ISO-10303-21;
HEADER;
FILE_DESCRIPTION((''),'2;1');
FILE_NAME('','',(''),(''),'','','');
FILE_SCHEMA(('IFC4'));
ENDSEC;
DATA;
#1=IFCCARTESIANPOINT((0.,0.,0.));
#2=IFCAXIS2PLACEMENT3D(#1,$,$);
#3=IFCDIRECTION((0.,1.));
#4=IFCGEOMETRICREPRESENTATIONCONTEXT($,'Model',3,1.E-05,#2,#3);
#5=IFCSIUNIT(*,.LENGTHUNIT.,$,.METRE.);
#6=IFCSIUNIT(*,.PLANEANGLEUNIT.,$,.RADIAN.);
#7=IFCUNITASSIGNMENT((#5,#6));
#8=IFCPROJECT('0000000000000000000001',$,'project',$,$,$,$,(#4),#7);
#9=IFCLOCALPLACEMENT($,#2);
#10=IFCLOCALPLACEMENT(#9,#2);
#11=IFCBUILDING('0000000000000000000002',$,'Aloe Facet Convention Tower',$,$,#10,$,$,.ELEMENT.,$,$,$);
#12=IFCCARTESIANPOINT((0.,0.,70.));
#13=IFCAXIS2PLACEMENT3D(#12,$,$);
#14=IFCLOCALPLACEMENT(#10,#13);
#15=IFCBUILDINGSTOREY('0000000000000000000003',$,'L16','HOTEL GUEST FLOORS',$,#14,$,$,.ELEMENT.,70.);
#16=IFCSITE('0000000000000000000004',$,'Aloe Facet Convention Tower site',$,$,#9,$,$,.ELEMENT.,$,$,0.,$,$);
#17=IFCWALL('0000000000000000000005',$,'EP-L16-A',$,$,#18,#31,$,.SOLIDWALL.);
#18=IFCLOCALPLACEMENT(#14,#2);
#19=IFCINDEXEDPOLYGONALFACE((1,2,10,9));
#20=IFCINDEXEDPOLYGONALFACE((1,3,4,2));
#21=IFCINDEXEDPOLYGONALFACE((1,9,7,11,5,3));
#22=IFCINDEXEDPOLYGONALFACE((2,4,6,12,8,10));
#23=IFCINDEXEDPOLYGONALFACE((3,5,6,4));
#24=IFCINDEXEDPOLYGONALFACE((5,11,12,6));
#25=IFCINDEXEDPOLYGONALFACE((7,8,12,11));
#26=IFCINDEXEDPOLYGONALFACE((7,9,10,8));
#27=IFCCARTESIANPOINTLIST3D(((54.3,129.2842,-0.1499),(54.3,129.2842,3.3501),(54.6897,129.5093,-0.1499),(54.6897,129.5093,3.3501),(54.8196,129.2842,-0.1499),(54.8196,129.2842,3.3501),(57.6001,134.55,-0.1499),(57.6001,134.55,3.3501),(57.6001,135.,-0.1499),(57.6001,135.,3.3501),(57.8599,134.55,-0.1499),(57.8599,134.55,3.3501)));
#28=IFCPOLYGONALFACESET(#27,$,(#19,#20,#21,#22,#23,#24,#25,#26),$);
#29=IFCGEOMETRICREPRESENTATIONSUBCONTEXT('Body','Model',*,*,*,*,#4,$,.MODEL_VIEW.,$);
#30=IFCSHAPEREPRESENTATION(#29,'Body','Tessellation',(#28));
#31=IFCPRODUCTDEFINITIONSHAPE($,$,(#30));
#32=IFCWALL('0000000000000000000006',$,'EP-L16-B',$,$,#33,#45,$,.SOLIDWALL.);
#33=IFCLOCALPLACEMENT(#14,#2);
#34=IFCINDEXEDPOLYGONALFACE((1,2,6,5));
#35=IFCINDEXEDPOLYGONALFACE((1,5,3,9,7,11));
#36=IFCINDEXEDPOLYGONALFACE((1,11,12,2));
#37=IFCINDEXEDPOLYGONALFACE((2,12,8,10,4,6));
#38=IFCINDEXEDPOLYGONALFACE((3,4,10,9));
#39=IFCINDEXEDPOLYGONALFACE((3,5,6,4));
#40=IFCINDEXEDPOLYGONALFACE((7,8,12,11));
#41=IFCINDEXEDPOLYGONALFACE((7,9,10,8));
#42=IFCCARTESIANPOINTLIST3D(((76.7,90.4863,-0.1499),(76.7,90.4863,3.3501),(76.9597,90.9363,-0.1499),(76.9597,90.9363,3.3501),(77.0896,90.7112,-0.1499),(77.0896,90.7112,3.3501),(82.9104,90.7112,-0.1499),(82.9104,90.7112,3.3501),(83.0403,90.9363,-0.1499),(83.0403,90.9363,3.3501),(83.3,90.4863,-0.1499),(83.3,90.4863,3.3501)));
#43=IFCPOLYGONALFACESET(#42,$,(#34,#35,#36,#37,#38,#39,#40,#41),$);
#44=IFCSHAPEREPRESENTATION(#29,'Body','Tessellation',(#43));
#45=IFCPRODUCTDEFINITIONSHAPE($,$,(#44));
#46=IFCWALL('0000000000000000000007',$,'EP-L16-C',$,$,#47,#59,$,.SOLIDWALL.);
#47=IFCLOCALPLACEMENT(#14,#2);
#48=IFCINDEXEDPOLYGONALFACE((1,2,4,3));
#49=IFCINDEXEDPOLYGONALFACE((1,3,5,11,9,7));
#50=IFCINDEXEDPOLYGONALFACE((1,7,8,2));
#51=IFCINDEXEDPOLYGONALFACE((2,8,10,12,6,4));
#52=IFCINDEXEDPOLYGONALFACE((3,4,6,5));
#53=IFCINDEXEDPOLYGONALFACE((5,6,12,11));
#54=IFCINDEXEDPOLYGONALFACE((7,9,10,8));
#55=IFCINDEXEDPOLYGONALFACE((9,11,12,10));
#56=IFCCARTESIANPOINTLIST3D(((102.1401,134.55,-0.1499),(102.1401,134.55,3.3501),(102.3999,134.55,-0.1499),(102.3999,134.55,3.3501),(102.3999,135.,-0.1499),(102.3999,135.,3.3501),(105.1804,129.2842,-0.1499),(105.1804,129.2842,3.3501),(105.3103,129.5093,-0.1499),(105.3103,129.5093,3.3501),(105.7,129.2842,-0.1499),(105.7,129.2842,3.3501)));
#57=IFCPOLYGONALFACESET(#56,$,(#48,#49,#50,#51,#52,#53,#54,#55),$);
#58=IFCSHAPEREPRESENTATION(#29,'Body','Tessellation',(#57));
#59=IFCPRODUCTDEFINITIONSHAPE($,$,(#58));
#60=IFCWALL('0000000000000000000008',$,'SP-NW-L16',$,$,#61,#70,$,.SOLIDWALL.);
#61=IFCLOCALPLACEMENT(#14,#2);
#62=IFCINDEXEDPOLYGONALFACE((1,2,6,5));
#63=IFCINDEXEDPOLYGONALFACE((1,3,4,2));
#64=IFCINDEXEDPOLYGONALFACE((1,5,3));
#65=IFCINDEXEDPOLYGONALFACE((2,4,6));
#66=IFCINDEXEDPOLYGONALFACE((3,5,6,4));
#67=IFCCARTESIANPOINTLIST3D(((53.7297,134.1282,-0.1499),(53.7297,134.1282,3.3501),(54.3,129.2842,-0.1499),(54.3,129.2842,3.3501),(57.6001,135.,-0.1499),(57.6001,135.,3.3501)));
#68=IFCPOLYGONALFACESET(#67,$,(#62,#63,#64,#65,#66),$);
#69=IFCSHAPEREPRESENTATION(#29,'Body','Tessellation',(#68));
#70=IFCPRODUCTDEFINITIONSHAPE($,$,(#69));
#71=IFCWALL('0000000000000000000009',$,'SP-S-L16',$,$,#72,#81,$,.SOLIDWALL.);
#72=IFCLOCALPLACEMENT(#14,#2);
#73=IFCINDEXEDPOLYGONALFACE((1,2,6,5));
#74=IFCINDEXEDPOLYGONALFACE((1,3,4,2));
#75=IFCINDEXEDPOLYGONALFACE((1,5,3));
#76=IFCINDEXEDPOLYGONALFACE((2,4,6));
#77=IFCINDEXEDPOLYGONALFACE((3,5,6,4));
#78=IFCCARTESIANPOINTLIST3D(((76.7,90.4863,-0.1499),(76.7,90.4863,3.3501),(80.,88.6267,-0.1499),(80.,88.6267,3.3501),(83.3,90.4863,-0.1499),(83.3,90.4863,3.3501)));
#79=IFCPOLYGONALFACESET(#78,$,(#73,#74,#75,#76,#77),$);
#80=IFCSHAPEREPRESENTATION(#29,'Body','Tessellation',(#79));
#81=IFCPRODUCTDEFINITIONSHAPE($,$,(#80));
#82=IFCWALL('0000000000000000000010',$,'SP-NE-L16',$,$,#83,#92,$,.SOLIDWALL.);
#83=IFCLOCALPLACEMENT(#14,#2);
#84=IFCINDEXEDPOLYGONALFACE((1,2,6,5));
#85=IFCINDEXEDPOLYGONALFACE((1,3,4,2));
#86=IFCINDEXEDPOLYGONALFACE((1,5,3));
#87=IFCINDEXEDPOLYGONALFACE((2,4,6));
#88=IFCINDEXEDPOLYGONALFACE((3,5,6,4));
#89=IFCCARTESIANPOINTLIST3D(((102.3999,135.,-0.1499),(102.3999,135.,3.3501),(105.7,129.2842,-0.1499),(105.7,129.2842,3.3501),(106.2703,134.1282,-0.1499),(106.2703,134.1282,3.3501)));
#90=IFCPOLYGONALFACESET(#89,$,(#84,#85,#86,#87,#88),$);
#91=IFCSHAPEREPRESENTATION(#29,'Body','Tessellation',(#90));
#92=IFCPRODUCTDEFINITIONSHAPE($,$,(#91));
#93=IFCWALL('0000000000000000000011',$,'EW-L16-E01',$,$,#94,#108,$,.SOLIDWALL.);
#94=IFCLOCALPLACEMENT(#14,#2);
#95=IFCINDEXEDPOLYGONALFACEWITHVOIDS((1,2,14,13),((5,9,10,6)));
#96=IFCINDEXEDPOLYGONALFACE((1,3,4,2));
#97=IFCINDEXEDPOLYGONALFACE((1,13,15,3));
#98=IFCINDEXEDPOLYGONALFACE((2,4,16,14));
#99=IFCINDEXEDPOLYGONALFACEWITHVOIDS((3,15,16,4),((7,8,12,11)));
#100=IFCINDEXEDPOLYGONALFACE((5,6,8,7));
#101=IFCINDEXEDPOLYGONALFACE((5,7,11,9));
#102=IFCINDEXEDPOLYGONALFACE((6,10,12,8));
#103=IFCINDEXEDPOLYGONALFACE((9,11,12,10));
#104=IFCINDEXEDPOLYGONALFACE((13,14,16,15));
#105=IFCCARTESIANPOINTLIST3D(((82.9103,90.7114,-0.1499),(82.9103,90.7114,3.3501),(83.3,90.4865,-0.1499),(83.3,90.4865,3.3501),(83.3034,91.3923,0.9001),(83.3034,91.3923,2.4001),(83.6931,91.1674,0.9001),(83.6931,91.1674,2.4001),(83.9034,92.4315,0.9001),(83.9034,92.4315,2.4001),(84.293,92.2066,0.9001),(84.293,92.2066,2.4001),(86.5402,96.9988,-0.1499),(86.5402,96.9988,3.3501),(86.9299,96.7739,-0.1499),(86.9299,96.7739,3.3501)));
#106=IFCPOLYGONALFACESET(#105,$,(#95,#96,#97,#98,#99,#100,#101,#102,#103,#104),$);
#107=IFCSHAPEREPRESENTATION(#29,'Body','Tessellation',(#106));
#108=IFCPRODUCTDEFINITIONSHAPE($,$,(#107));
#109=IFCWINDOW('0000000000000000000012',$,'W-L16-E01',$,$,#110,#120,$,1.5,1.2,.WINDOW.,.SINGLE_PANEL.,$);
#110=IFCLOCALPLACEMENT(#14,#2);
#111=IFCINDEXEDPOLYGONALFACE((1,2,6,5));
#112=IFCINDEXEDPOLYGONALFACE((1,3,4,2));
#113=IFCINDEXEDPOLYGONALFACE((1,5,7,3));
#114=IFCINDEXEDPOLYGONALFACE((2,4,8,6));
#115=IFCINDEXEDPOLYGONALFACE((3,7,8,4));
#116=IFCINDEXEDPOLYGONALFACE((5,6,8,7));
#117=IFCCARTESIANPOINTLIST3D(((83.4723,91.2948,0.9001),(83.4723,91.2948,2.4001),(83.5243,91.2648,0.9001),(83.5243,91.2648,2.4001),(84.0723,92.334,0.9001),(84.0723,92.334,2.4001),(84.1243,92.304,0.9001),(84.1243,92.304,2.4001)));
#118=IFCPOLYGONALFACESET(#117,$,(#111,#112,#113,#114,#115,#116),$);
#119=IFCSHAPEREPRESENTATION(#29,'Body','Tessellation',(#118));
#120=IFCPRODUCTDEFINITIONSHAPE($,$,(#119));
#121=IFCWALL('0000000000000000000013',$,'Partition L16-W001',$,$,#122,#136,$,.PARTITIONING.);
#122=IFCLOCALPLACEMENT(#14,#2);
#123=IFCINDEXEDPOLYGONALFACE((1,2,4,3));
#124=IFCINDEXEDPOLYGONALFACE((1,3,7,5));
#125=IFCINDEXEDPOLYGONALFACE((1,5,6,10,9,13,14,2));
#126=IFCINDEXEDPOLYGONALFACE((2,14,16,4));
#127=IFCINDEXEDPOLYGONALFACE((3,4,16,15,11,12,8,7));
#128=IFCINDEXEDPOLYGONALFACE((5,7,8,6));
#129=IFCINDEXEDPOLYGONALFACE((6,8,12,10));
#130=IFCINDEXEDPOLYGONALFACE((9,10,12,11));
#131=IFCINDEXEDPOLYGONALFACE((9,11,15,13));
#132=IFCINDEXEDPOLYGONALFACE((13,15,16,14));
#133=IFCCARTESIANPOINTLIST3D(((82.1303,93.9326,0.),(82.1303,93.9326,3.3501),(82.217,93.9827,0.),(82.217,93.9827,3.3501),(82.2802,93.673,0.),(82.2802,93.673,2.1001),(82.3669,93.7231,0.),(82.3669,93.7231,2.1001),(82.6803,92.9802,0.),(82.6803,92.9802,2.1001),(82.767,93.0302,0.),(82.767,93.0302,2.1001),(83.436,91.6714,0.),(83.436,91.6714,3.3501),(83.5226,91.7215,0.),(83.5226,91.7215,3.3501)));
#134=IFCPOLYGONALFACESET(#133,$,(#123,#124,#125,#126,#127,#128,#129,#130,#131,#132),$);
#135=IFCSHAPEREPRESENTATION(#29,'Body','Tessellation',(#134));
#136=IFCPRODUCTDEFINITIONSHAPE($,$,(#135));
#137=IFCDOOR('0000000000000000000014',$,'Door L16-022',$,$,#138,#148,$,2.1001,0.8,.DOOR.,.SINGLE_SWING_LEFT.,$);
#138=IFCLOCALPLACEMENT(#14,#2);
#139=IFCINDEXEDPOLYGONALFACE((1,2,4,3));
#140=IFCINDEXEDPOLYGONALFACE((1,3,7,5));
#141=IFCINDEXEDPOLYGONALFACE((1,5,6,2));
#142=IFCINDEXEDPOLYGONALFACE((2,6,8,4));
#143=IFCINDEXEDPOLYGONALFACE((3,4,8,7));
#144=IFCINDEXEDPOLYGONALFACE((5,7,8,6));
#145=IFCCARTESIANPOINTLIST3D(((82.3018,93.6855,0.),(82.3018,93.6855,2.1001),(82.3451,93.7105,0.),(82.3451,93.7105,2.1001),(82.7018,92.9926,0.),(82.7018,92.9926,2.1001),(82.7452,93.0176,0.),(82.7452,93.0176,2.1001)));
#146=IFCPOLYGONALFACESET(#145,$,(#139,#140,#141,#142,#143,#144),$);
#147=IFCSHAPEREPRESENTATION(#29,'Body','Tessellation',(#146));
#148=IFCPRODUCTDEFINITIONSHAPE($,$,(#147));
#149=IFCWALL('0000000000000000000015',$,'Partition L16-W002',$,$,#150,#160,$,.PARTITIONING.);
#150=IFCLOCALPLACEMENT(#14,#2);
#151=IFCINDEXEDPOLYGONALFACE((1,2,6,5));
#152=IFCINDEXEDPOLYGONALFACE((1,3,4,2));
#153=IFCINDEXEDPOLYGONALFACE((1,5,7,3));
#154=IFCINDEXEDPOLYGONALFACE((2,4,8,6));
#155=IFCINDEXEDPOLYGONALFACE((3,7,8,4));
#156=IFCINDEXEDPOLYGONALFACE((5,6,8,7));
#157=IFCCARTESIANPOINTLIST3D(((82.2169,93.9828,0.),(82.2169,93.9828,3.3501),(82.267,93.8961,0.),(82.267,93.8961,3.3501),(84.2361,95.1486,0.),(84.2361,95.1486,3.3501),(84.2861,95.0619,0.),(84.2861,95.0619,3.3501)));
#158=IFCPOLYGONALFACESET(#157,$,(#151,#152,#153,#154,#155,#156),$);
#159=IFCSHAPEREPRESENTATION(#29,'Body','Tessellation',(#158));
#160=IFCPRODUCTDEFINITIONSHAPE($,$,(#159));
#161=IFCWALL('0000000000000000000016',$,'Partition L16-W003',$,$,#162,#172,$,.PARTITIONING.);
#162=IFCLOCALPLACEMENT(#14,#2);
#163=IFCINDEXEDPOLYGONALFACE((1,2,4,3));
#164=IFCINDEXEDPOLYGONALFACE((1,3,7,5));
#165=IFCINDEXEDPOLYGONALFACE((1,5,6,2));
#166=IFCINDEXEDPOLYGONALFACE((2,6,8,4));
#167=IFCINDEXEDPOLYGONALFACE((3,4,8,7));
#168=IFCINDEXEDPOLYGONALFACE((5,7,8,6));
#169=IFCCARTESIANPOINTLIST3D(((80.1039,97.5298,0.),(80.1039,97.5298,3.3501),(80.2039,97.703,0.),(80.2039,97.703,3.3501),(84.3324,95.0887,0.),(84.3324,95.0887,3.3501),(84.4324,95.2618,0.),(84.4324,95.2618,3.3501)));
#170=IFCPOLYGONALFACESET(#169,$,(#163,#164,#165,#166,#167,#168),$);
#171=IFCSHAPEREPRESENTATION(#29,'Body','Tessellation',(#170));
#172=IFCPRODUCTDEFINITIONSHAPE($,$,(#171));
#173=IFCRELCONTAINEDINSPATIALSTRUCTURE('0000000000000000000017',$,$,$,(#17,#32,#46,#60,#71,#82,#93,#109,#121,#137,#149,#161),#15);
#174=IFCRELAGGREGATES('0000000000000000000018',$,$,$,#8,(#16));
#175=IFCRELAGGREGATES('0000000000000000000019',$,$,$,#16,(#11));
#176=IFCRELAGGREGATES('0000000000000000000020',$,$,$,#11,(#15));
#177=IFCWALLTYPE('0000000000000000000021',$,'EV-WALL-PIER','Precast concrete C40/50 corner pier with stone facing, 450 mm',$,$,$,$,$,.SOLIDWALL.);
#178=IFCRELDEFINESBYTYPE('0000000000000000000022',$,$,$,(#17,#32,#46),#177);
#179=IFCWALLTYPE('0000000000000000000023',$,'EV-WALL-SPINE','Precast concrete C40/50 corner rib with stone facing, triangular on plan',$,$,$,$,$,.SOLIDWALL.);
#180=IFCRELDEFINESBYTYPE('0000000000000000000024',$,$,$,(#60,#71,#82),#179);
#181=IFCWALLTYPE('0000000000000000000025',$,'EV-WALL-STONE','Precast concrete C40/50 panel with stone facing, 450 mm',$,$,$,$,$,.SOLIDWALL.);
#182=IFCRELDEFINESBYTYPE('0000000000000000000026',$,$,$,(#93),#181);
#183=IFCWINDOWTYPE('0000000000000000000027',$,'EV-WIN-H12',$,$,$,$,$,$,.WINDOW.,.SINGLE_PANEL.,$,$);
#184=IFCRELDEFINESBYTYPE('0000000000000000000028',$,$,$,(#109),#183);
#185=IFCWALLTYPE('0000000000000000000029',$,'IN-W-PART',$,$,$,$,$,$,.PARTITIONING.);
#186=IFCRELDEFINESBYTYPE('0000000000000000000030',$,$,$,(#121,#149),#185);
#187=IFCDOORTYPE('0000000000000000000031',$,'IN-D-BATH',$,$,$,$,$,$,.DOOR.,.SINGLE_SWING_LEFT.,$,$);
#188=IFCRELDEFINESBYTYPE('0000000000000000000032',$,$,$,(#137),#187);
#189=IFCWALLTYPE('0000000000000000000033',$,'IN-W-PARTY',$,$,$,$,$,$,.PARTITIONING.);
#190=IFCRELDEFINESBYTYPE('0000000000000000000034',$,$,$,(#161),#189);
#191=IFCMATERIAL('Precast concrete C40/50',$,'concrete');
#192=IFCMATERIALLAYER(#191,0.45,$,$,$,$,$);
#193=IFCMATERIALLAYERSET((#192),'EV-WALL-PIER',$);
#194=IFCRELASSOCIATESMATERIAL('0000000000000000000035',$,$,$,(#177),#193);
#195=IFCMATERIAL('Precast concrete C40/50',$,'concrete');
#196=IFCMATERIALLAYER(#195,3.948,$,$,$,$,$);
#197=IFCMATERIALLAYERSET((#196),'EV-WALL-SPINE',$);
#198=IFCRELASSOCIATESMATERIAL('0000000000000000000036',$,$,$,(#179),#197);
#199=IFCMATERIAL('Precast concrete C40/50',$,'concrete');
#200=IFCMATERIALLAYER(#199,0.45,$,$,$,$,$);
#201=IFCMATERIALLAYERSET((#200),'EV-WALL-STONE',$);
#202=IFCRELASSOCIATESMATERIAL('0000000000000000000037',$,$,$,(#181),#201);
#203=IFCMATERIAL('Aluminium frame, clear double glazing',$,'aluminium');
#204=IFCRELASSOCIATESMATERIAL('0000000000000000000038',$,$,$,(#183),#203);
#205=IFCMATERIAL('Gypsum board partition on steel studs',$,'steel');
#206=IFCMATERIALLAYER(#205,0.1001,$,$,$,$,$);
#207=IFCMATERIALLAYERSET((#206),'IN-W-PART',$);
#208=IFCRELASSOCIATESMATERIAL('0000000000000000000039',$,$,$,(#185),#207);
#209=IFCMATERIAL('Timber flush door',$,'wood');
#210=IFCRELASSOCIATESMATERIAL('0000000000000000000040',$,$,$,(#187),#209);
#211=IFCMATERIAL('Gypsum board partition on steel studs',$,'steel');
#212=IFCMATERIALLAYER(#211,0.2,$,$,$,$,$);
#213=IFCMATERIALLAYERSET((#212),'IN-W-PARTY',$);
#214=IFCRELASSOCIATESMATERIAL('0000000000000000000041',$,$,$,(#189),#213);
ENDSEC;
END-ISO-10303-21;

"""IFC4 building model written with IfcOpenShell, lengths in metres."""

from ifc_helpers import new_model, si_unit, direction, frame, frame_2d, origin, place, context, subcontext, project, spatial, polyline, rectangle, outline, extrude, material, layer, layer_set, type_object, element, fill, save


model = new_model("IFC4")

# Units and contexts
model_context = context("Model", 3, precision=1e-05, world=origin(), true_north=direction((0.0, 1.0)))
body_context = subcontext(model_context, "Body", "Model", "MODEL_VIEW")
ifc_project = project(units=[si_unit("LENGTHUNIT", "METRE"), si_unit("PLANEANGLEUNIT", "RADIAN")], contexts=[model_context])

# Site, building, storey
site_placement = place(None, origin())
site = spatial("IfcSite", under=ifc_project, at=site_placement, Name="Aloe Facet Convention Tower site", CompositionType="ELEMENT", RefElevation=0.0)
building_placement = place(site_placement, origin())
building = spatial("IfcBuilding", under=site, at=building_placement, Name="Aloe Facet Convention Tower", CompositionType="ELEMENT")
storey_placement = place(building_placement, frame((0.0, 0.0, 70.0)))
storey = spatial("IfcBuildingStorey", under=building, at=storey_placement, Name="L16", Description="HOTEL GUEST FLOORS", CompositionType="ELEMENT", Elevation=70.0)

# Walls
ifc_material_1 = material(Name="Precast concrete C40/50", Category="concrete")
ifc_layer_1 = layer(ifc_material_1, 0.45)
ifc_layer_set_1 = layer_set([ifc_layer_1], Name="EV-WALL-PIER")
wall_type_1 = type_object("IfcWallType", Name="EV-WALL-PIER", Description="Precast concrete C40/50 corner pier with stone facing, 450 mm", PredefinedType="SOLIDWALL", material=ifc_layer_set_1)
wall_1_placement = place(storey_placement, frame((0.0, 0.0, -0.1499)))
element("IfcWall", 1, at=wall_1_placement, inside=storey, type_object=wall_type_1, Name="EP-L16-A", PredefinedType="SOLIDWALL", context=body_context, shape_type="SweptSolid", body=[
    extrude(outline(polyline([(57.6001, 135.0), (57.6001, 134.55), (57.8599, 134.55), (54.8196, 129.2842), (54.6897, 129.5093), (54.3, 129.2842), (57.6001, 135.0)])), origin(), (0.0, 0.0, 1.0), 3.5),
])
wall_2_placement = place(storey_placement, frame((0.0, 0.0, -0.1499)))
element("IfcWall", 2, at=wall_2_placement, inside=storey, type_object=wall_type_1, Name="EP-L16-B", PredefinedType="SOLIDWALL", context=body_context, shape_type="SweptSolid", body=[
    extrude(outline(polyline([(76.7, 90.4863), (77.0896, 90.7112), (76.9597, 90.9363), (83.0403, 90.9363), (82.9104, 90.7112), (83.3, 90.4863), (76.7, 90.4863)])), origin(), (0.0, 0.0, 1.0), 3.5),
])
wall_3_placement = place(storey_placement, frame((0.0, 0.0, -0.1499)))
element("IfcWall", 3, at=wall_3_placement, inside=storey, type_object=wall_type_1, Name="EP-L16-C", PredefinedType="SOLIDWALL", context=body_context, shape_type="SweptSolid", body=[
    extrude(outline(polyline([(105.7, 129.2842), (105.3103, 129.5093), (105.1804, 129.2842), (102.1401, 134.55), (102.3999, 134.55), (102.3999, 135.0), (105.7, 129.2842)])), origin(), (0.0, 0.0, 1.0), 3.5),
])
ifc_material_2 = material(Name="Precast concrete C40/50", Category="concrete")
ifc_layer_2 = layer(ifc_material_2, 3.948)
ifc_layer_set_2 = layer_set([ifc_layer_2], Name="EV-WALL-SPINE")
wall_type_2 = type_object("IfcWallType", Name="EV-WALL-SPINE", Description="Precast concrete C40/50 corner rib with stone facing, triangular on plan", PredefinedType="SOLIDWALL", material=ifc_layer_set_2)
wall_4_placement = place(storey_placement, frame((0.0, 0.0, -0.1499)))
element("IfcWall", 4, at=wall_4_placement, inside=storey, type_object=wall_type_2, Name="SP-NW-L16", PredefinedType="SOLIDWALL", context=body_context, shape_type="SweptSolid", body=[
    extrude(outline(polyline([(57.6001, 135.0), (53.7297, 134.1282), (54.3, 129.2842), (57.6001, 135.0)])), origin(), (0.0, 0.0, 1.0), 3.5),
])
wall_5_placement = place(storey_placement, frame((0.0, 0.0, -0.1499)))
element("IfcWall", 5, at=wall_5_placement, inside=storey, type_object=wall_type_2, Name="SP-S-L16", PredefinedType="SOLIDWALL", context=body_context, shape_type="SweptSolid", body=[
    extrude(outline(polyline([(76.7, 90.4863), (80.0, 88.6267), (83.3, 90.4863), (76.7, 90.4863)])), origin(), (0.0, 0.0, 1.0), 3.5),
])
wall_6_placement = place(storey_placement, frame((0.0, 0.0, -0.1499)))
element("IfcWall", 6, at=wall_6_placement, inside=storey, type_object=wall_type_2, Name="SP-NE-L16", PredefinedType="SOLIDWALL", context=body_context, shape_type="SweptSolid", body=[
    extrude(outline(polyline([(105.7, 129.2842), (106.2703, 134.1282), (102.3999, 135.0), (105.7, 129.2842)])), origin(), (0.0, 0.0, 1.0), 3.5),
])

# Wall, opening, window
ifc_material_3 = material(Name="Precast concrete C40/50", Category="concrete")
ifc_layer_3 = layer(ifc_material_3, 0.45)
ifc_layer_set_3 = layer_set([ifc_layer_3], Name="EV-WALL-STONE")
wall_type_3 = type_object("IfcWallType", Name="EV-WALL-STONE", Description="Precast concrete C40/50 panel with stone facing, 450 mm", PredefinedType="SOLIDWALL", material=ifc_layer_set_3)
wall_7_placement = place(storey_placement, frame((83.1052, 90.5989, -0.1499), z_axis=(0.0, 0.0, 1.0), x_axis=(0.499987, 0.866033, 0.0)))
wall_7 = element("IfcWall", 7, at=wall_7_placement, inside=storey, type_object=wall_type_3, Name="EW-L16-E01", PredefinedType="SOLIDWALL", context=body_context, shape_type="SweptSolid", body=[
    extrude(outline(polyline([(0.0, 0.0), (0.0, 3.5), (7.26, 3.5), (7.26, 0.0), (0.0, 0.0)])), frame((0.0, 0.2251, 0.0), z_axis=(0.0, -1.0, 0.0), x_axis=(1.0, 0.0, 0.0)), (0.0, 0.0, 1.0), 0.45),
])
opening_1_placement = place(wall_7_placement, frame((0.7861, 0.0, 1.05)))
opening_1 = element("IfcOpeningElement", 8, at=opening_1_placement, cuts=wall_7, PredefinedType="OPENING", context=body_context, shape_type="SweptSolid", body=[
    extrude(rectangle(XDim=1.2, YDim=1.5, at=frame_2d((0.6001, 0.75))), frame((0.0, 0.2349, 0.0), z_axis=(0.0, -1.0, 0.0), x_axis=(1.0, 0.0, 0.0)), (0.0, 0.0, 1.0), 0.47),
])
ifc_material_4 = material(Name="Aluminium frame, clear double glazing", Category="aluminium")
window_type = type_object("IfcWindowType", Name="EV-WIN-H12", PartitioningType="SINGLE_PANEL", PredefinedType="WINDOW", material=ifc_material_4)
window_placement = place(opening_1_placement, origin())
window = element("IfcWindow", 9, at=window_placement, inside=storey, type_object=window_type, Name="W-L16-E01", OverallHeight=1.5, OverallWidth=1.2, PartitioningType="SINGLE_PANEL", PredefinedType="WINDOW", context=body_context, shape_type="SweptSolid", body=[
    extrude(rectangle(XDim=1.2, YDim=1.5, at=frame_2d((0.6001, 0.75))), frame((0.0, 0.03, 0.0), z_axis=(0.0, -1.0, 0.0), x_axis=(1.0, 0.0, 0.0)), (0.0, 0.0, 1.0), 0.0601),
])
fill(opening_1, window)

# Wall, opening, door
ifc_material_5 = material(Name="Gypsum board partition on steel studs", Category="steel")
ifc_layer_4 = layer(ifc_material_5, 0.1001)
ifc_layer_set_4 = layer_set([ifc_layer_4], Name="IN-W-PART")
wall_type_4 = type_object("IfcWallType", Name="IN-W-PART", PredefinedType="PARTITIONING", material=ifc_layer_set_4)
wall_8_placement = place(storey_placement, frame((82.1736, 93.9578, 0.0), z_axis=(0.0, 0.0, 1.0), x_axis=(0.500041, -0.866002, 0.0)))
wall_8 = element("IfcWall", 10, at=wall_8_placement, inside=storey, type_object=wall_type_4, Name="Partition L16-W001", PredefinedType="PARTITIONING", context=body_context, shape_type="SweptSolid", body=[
    extrude(rectangle(XDim=2.6111, YDim=0.1001, at=frame_2d((1.3057, 0.0))), origin(), (0.0, 0.0, 1.0), 3.3501),
])
opening_2_placement = place(wall_8_placement, frame((0.3, 0.0, 0.0)))
opening_2 = element("IfcOpeningElement", 11, at=opening_2_placement, cuts=wall_8, PredefinedType="OPENING", context=body_context, shape_type="SweptSolid", body=[
    extrude(rectangle(XDim=0.8, YDim=2.1001, at=frame_2d((0.3999, 1.05))), frame((0.0, 0.0601, 0.0), z_axis=(0.0, -1.0, 0.0), x_axis=(1.0, 0.0, 0.0)), (0.0, 0.0, 1.0), 0.1201),
])
ifc_material_6 = material(Name="Timber flush door", Category="wood")
door_type = type_object("IfcDoorType", Name="IN-D-BATH", OperationType="SINGLE_SWING_LEFT", PredefinedType="DOOR", material=ifc_material_6)
door_placement = place(opening_2_placement, origin())
door = element("IfcDoor", 12, at=door_placement, inside=storey, type_object=door_type, Name="Door L16-022", OperationType="SINGLE_SWING_LEFT", OverallHeight=2.1001, OverallWidth=0.8, PredefinedType="DOOR", context=body_context, shape_type="SweptSolid", body=[
    extrude(rectangle(XDim=0.8, YDim=2.1001, at=frame_2d((0.3999, 1.05))), frame((0.0, 0.0249, 0.0), z_axis=(0.0, -1.0, 0.0), x_axis=(1.0, 0.0, 0.0)), (0.0, 0.0, 1.0), 0.05),
])
fill(opening_2, door)

# Walls
wall_9_placement = place(storey_placement, frame((82.2419, 93.9395, 0.0), z_axis=(0.0, 0.0, 1.0), x_axis=(0.866011, 0.500025, 0.0)))
element("IfcWall", 13, at=wall_9_placement, inside=storey, type_object=wall_type_4, Name="Partition L16-W002", PredefinedType="PARTITIONING", context=body_context, shape_type="SweptSolid", body=[
    extrude(rectangle(XDim=2.3315, YDim=0.1001, at=frame_2d((1.1658, 0.0))), origin(), (0.0, 0.0, 1.0), 3.3501),
])
ifc_material_7 = material(Name="Gypsum board partition on steel studs", Category="steel")
ifc_layer_5 = layer(ifc_material_7, 0.2)
ifc_layer_set_5 = layer_set([ifc_layer_5], Name="IN-W-PARTY")
wall_type_5 = type_object("IfcWallType", Name="IN-W-PARTY", PredefinedType="PARTITIONING", material=ifc_layer_set_5)
wall_10_placement = place(storey_placement, frame((80.1538, 97.6165, 0.0), z_axis=(0.0, 0.0, 1.0), x_axis=(0.866041, -0.499973, 0.0)))
element("IfcWall", 14, at=wall_10_placement, inside=storey, type_object=wall_type_5, Name="Partition L16-W003", PredefinedType="PARTITIONING", context=body_context, shape_type="SweptSolid", body=[
    extrude(rectangle(XDim=4.8826, YDim=0.2, at=frame_2d((2.4414, 0.0))), origin(), (0.0, 0.0, 1.0), 3.3501),
])

save(model, "model.ifc")
